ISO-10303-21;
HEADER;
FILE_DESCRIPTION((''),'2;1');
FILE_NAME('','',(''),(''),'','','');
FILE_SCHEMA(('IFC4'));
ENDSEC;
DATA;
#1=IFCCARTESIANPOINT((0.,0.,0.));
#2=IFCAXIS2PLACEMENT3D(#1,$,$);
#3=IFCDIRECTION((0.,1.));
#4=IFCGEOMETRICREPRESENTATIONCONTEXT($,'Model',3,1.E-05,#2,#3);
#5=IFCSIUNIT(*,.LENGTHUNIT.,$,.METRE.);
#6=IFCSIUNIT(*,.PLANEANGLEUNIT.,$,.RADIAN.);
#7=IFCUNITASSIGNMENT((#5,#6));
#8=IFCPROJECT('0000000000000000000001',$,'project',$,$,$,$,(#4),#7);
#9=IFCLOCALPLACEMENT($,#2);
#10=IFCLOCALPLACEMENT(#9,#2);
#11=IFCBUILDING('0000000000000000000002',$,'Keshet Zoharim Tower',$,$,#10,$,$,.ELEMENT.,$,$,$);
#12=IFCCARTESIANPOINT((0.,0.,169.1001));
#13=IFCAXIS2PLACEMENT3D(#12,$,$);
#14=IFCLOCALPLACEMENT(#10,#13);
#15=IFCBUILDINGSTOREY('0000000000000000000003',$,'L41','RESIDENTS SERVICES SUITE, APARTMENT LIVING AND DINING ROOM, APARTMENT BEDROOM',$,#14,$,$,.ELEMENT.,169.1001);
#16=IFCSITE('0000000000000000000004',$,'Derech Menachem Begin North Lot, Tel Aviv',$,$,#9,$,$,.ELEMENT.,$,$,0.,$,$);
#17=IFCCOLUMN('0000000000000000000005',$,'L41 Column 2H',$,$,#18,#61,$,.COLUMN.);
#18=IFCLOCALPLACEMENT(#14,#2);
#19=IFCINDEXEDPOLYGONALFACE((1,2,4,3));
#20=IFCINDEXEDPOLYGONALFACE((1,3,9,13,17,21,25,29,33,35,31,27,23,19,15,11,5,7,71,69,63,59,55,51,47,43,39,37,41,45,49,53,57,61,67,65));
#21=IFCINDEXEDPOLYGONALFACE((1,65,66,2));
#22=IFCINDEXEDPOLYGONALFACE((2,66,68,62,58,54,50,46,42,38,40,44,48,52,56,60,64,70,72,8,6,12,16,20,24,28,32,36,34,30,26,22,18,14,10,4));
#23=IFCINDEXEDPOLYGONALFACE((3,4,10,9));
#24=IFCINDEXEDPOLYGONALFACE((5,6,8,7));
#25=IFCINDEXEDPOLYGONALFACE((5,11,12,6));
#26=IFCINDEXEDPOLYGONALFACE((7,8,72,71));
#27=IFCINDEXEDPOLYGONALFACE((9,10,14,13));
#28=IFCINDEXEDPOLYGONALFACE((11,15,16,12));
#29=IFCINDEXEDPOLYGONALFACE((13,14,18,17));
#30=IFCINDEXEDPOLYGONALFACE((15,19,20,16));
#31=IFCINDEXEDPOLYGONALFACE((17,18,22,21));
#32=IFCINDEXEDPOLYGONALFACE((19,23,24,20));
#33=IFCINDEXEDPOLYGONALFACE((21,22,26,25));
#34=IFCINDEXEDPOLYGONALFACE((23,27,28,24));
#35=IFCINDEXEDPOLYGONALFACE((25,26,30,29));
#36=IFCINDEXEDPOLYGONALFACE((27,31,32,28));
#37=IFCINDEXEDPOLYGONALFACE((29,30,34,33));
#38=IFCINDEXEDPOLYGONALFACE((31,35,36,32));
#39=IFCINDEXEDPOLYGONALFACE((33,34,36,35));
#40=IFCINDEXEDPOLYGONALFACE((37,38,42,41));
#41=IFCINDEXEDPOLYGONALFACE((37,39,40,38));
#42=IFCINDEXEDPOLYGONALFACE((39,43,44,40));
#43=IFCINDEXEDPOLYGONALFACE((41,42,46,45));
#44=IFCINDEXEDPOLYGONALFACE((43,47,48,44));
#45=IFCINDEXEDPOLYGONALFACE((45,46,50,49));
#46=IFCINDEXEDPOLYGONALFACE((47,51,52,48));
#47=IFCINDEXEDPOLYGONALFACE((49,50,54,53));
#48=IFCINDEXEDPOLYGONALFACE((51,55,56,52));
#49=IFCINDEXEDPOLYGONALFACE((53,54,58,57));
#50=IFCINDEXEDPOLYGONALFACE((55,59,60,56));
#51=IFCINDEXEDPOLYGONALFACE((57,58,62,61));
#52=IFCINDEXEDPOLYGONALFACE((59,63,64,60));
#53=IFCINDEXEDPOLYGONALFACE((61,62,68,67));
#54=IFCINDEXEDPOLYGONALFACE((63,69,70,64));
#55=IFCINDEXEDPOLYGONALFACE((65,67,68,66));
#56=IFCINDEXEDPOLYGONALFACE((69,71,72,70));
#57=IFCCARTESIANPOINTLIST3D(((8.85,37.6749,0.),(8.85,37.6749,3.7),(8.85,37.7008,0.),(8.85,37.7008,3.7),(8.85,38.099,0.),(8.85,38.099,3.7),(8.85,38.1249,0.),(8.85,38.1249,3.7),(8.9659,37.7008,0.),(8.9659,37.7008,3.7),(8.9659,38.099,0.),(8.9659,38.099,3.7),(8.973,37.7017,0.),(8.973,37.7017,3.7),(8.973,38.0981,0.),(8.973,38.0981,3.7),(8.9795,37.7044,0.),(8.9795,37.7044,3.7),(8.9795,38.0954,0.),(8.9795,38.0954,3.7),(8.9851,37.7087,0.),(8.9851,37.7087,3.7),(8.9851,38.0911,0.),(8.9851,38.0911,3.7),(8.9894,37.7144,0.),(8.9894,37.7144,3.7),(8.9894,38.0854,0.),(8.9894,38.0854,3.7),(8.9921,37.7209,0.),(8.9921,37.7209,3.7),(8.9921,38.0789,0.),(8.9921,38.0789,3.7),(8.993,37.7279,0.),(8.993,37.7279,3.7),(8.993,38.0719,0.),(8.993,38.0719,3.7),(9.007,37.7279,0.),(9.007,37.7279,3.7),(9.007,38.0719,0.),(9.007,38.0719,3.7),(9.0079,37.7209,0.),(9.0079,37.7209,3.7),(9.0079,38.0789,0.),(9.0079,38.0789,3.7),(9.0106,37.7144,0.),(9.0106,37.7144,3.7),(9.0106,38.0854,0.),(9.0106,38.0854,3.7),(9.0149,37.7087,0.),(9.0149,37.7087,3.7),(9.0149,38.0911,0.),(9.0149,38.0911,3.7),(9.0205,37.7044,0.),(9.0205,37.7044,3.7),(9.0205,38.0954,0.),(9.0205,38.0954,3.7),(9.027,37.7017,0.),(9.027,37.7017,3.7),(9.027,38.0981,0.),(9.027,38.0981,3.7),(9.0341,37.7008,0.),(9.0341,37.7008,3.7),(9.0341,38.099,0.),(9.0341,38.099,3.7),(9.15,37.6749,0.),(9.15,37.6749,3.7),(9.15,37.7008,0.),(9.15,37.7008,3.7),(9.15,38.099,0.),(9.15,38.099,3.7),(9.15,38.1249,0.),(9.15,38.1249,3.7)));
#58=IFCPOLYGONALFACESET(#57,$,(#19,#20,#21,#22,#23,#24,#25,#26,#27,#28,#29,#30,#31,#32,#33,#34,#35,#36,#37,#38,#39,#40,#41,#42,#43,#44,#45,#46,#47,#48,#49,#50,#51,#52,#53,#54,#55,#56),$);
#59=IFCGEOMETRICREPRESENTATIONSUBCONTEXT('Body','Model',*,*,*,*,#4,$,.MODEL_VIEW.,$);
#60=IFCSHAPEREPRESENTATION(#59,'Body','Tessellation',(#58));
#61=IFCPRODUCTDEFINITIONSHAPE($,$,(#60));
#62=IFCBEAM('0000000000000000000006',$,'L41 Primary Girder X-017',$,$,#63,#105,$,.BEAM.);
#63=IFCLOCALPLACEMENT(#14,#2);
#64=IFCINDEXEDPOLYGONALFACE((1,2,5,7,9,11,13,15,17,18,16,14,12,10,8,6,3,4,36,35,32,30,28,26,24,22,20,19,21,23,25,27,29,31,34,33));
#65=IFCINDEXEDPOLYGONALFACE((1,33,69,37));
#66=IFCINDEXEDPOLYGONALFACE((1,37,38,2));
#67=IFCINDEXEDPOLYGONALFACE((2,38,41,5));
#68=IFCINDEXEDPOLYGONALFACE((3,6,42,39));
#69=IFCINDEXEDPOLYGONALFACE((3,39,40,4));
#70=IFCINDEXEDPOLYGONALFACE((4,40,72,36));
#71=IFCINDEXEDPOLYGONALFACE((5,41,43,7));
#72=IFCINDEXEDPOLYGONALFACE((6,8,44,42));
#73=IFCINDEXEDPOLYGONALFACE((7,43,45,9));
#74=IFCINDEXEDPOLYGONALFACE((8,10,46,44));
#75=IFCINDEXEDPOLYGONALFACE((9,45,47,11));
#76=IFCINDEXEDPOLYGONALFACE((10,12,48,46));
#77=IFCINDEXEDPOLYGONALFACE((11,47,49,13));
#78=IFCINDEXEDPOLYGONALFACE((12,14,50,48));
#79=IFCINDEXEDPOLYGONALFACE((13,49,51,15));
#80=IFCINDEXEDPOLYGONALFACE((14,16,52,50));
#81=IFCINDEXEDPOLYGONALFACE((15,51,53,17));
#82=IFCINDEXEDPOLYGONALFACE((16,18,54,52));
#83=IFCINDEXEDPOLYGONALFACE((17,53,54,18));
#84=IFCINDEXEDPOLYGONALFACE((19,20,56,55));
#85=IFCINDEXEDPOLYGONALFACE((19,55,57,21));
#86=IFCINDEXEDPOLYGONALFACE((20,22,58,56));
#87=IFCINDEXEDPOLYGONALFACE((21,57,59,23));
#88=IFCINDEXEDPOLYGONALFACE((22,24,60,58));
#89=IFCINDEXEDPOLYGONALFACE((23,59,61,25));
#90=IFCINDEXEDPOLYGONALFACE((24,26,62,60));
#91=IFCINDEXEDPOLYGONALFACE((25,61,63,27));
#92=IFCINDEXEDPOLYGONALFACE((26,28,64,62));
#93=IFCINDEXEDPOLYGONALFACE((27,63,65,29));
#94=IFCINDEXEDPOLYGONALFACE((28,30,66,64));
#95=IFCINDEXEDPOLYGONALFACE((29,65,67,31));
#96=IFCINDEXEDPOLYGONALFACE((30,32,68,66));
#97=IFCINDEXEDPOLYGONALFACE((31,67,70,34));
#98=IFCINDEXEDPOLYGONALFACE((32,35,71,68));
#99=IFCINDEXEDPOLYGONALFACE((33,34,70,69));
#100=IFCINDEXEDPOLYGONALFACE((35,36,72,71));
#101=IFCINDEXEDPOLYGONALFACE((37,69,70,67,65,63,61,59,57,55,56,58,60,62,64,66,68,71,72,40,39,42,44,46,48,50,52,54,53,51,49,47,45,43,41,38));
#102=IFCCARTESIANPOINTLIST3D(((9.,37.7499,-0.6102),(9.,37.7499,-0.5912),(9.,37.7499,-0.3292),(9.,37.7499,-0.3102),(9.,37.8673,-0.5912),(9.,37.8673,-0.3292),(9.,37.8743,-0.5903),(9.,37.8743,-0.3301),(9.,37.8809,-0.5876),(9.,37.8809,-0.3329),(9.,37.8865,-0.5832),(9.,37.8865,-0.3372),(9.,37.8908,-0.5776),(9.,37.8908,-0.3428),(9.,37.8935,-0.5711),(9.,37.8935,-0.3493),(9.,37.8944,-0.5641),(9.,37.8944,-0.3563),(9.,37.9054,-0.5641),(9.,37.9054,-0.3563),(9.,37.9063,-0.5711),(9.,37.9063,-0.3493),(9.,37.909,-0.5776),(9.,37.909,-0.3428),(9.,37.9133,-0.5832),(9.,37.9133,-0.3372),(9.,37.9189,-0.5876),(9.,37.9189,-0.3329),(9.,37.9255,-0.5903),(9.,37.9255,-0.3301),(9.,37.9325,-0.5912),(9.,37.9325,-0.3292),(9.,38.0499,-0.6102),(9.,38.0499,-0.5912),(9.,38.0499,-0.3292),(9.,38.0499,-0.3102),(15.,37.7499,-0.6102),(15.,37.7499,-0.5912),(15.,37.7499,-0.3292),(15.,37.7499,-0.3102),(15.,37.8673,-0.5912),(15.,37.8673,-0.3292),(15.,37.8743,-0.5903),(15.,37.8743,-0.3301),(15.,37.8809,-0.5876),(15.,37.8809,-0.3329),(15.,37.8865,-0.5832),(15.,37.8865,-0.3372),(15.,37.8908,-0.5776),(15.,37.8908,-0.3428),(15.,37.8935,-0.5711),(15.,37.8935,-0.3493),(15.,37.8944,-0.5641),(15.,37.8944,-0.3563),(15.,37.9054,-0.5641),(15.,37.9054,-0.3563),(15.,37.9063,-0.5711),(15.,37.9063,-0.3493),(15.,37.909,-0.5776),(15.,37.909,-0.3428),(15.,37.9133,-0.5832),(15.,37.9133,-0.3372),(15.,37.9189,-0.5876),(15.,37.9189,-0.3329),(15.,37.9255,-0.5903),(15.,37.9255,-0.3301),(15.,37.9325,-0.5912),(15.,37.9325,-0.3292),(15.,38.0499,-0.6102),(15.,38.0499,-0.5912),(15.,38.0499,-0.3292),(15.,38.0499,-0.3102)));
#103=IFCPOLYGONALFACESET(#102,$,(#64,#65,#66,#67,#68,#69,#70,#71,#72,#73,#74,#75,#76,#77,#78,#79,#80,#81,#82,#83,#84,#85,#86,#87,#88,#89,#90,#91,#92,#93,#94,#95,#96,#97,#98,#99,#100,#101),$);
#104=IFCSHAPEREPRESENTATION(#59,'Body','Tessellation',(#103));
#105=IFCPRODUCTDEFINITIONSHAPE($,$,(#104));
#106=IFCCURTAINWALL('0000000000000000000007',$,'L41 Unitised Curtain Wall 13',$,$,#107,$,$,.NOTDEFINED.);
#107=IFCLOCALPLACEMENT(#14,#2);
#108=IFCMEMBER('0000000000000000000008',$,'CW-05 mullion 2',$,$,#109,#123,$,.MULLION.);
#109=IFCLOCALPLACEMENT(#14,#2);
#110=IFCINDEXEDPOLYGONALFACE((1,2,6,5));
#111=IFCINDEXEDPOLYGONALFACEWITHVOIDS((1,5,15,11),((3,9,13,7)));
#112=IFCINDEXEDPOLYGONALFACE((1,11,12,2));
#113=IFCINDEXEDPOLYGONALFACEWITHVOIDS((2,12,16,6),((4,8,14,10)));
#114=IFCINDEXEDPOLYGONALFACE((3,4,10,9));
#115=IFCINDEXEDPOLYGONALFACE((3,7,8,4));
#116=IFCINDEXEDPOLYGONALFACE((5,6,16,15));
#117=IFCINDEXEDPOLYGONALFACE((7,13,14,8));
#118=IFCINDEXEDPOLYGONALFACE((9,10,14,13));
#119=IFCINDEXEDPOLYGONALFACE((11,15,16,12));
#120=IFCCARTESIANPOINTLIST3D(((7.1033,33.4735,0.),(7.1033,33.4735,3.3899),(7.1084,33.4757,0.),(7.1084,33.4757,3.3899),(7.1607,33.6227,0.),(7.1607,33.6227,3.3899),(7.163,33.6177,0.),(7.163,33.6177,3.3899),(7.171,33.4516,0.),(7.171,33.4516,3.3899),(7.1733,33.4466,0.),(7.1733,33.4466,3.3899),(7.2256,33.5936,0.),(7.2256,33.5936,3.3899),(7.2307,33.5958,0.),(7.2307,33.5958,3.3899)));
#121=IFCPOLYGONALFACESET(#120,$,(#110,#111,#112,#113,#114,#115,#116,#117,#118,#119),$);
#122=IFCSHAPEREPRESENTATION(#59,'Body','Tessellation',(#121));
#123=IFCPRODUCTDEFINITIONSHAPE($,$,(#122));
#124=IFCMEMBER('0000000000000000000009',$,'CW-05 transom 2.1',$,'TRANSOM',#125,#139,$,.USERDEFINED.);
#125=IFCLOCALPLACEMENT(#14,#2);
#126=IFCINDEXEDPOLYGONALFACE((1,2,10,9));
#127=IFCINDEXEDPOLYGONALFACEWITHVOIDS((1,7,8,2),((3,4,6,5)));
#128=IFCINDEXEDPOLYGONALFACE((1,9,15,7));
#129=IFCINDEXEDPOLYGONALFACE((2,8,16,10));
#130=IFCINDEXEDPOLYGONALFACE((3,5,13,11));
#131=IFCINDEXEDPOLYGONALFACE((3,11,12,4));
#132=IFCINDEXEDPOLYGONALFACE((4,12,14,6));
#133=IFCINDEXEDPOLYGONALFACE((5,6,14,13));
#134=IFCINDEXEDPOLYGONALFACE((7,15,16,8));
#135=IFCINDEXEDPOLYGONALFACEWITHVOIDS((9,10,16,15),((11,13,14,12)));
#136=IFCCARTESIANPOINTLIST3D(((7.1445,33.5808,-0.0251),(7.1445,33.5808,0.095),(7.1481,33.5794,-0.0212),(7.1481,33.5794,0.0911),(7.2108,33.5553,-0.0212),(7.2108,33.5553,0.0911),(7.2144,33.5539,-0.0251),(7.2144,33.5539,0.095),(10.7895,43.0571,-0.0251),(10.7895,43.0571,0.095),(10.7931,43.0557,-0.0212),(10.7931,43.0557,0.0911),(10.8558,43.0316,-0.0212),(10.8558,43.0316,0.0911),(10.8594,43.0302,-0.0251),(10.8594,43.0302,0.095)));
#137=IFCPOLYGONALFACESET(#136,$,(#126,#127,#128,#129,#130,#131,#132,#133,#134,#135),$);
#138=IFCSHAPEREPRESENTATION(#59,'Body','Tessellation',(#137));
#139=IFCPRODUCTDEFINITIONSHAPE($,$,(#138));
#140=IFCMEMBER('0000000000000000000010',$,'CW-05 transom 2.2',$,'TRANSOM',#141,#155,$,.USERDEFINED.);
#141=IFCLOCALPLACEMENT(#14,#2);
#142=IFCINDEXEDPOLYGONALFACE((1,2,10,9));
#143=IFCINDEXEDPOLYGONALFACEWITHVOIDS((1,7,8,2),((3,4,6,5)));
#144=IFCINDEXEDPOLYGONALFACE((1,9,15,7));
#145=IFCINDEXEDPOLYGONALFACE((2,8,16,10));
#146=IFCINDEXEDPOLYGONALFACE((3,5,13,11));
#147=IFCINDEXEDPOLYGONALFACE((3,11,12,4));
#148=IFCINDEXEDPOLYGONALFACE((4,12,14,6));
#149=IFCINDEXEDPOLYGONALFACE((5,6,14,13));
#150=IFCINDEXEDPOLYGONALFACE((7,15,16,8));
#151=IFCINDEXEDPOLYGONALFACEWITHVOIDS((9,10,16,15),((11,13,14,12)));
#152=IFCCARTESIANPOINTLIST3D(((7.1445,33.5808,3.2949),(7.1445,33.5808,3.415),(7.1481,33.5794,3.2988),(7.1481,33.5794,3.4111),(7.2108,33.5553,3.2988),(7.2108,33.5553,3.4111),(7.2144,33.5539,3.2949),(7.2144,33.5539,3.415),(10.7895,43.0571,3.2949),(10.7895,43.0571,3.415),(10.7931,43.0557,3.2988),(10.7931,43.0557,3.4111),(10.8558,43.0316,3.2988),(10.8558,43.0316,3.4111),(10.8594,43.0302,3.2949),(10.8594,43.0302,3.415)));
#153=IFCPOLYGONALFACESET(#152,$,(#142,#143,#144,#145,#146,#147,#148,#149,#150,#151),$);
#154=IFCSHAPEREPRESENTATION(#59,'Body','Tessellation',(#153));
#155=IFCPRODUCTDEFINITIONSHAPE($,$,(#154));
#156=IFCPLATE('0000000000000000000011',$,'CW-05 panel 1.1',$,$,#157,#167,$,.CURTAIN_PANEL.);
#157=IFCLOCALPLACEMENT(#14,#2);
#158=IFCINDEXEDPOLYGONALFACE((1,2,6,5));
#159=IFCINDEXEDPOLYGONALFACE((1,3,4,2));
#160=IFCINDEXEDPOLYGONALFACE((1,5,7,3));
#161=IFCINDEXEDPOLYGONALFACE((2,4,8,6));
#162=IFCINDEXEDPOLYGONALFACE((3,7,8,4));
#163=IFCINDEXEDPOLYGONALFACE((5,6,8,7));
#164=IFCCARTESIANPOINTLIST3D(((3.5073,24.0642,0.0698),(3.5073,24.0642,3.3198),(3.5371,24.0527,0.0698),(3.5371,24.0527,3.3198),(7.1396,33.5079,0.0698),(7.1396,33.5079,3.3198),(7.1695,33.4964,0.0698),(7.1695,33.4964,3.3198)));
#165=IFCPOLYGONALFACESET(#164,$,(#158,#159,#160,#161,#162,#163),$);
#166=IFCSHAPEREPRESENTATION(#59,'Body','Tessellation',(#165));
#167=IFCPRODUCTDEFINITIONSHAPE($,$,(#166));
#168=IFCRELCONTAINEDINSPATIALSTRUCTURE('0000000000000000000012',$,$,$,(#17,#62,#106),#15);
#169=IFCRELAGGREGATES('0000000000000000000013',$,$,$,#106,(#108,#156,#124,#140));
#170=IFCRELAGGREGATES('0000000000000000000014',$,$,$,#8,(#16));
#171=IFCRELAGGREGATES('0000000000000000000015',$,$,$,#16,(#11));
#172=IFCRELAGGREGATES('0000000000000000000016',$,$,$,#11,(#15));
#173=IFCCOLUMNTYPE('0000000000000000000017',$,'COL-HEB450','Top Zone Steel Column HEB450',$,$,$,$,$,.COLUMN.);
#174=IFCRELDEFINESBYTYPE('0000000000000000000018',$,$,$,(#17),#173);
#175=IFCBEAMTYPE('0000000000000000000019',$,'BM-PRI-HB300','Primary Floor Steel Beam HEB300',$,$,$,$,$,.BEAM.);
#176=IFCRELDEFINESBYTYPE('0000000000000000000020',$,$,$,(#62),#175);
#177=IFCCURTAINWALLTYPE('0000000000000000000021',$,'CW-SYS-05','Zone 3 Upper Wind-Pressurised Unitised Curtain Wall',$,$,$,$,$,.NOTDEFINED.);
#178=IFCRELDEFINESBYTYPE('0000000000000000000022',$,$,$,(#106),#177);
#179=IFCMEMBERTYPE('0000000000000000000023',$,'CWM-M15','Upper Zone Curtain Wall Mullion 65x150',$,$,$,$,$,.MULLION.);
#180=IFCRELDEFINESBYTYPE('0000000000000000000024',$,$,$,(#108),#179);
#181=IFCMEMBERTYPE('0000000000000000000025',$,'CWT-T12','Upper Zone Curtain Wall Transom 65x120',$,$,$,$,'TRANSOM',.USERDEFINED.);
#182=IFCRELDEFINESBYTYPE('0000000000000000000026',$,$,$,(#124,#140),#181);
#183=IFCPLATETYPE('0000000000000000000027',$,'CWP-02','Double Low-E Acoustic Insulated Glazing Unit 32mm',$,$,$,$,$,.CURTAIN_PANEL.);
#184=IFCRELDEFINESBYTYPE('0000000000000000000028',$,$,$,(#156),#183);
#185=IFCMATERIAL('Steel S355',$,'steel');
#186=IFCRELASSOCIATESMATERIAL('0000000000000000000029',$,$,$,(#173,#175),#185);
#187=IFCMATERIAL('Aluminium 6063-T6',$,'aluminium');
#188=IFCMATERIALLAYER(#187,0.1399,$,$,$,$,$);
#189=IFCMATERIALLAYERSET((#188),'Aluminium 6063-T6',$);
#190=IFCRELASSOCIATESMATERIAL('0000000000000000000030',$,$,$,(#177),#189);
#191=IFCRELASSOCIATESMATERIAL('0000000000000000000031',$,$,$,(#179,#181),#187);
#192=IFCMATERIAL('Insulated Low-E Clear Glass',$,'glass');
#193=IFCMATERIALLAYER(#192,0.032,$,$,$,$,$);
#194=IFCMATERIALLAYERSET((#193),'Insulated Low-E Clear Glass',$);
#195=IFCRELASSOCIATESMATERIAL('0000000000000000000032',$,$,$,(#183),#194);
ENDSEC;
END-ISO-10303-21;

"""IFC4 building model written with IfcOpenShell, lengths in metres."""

from ifc_helpers import new_model, si_unit, direction, frame, origin, origin_2d, place, context, subcontext, project, spatial, rectangle, hollow_rectangle, i_section, extrude, material, layer, layer_set, material_profile, profile_set, type_object, element, aggregate, save


model = new_model("IFC4")

# Units and contexts
model_context = context("Model", 3, precision=1e-05, world=origin(), true_north=direction((0.0, 1.0)))
body_context = subcontext(model_context, "Body", "Model", "MODEL_VIEW")
ifc_project = project(units=[si_unit("LENGTHUNIT", "METRE"), si_unit("PLANEANGLEUNIT", "RADIAN")], contexts=[model_context])

# Site, building, storey
site_placement = place(None, origin())
site = spatial("IfcSite", under=ifc_project, at=site_placement, Name="Derech Menachem Begin North Lot, Tel Aviv", CompositionType="ELEMENT", RefElevation=0.0)
building_placement = place(site_placement, origin())
building = spatial("IfcBuilding", under=site, at=building_placement, Name="Keshet Zoharim Tower", CompositionType="ELEMENT")
storey_placement = place(building_placement, frame((0.0, 0.0, 169.1001)))
storey = spatial("IfcBuildingStorey", under=building, at=storey_placement, Name="L41", Description="RESIDENTS SERVICES SUITE, APARTMENT LIVING AND DINING ROOM, APARTMENT BEDROOM", CompositionType="ELEMENT", Elevation=169.1001)

# Column
ifc_material_1 = material(Name="Steel S355", Category="steel")
ifc_material_profile_1 = material_profile(ifc_material_1, i_section(OverallWidth=0.3, OverallDepth=0.45, WebThickness=0.0139, FlangeThickness=0.0259, FilletRadius=0.0271, at=origin_2d()), Name="HEB450")
ifc_profile_set_1 = profile_set([ifc_material_profile_1], Name="Steel S355")
column_type = type_object("IfcColumnType", Name="COL-HEB450", Description="Top Zone Steel Column HEB450", PredefinedType="COLUMN", material=ifc_profile_set_1)
column_placement = place(storey_placement, frame((9.0, 37.8999, 0.0), z_axis=(0.0, 0.0, 1.0), x_axis=(1.0, 0.0, 0.0)))
element("IfcColumn", 1, at=column_placement, inside=storey, type_object=column_type, Name="L41 Column 2H", PredefinedType="COLUMN", context=body_context, shape_type="SweptSolid", body=[
    extrude(i_section(OverallWidth=0.3, OverallDepth=0.45, WebThickness=0.0139, FlangeThickness=0.0259, FilletRadius=0.0271, at=origin_2d()), origin(), (0.0, 0.0, 1.0), 3.7),
])

# Beam
ifc_material_profile_2 = material_profile(ifc_material_1, i_section(OverallWidth=0.3, OverallDepth=0.3, WebThickness=0.011, FlangeThickness=0.019, FilletRadius=0.0271, at=origin_2d()), Name="HEB300")
ifc_profile_set_2 = profile_set([ifc_material_profile_2], Name="Steel S355")
beam_type = type_object("IfcBeamType", Name="BM-PRI-HB300", Description="Primary Floor Steel Beam HEB300", PredefinedType="BEAM", material=ifc_profile_set_2)
beam_placement = place(storey_placement, frame((9.0, 37.8999, -0.4602), z_axis=(1.0, 0.0, 0.0), x_axis=(0.0, 1.0, 0.0)))
element("IfcBeam", 2, at=beam_placement, inside=storey, type_object=beam_type, Name="L41 Primary Girder X-017", PredefinedType="BEAM", context=body_context, shape_type="SweptSolid", body=[
    extrude(i_section(OverallWidth=0.3, OverallDepth=0.3, WebThickness=0.011, FlangeThickness=0.019, FilletRadius=0.0271, at=origin_2d()), origin(), (0.0, 0.0, 1.0), 6.0),
])

# Curtain wall, members, plate
ifc_material_2 = material(Name="Aluminium 6063-T6", Category="aluminium")
ifc_layer_1 = layer(ifc_material_2, 0.1399)
ifc_layer_set_1 = layer_set([ifc_layer_1], Name="Aluminium 6063-T6")
curtain_wall_type = type_object("IfcCurtainWallType", Name="CW-SYS-05", Description="Zone 3 Upper Wind-Pressurised Unitised Curtain Wall", PredefinedType="NOTDEFINED", material=ifc_layer_set_1)
curtain_wall_placement = place(storey_placement, origin())
curtain_wall = element("IfcCurtainWall", 3, at=curtain_wall_placement, inside=storey, type_object=curtain_wall_type, Name="L41 Unitised Curtain Wall 13", PredefinedType="NOTDEFINED")
ifc_material_profile_3 = material_profile(ifc_material_2, hollow_rectangle(XDim=0.075, YDim=0.1599, WallThickness=0.0039, at=origin_2d()), Name="MUL-75x160")
ifc_profile_set_3 = profile_set([ifc_material_profile_3], Name="Aluminium 6063-T6")
member_type_1 = type_object("IfcMemberType", Name="CWM-M15", Description="Upper Zone Curtain Wall Mullion 65x150", PredefinedType="MULLION", material=ifc_profile_set_3)
member_1_placement = place(storey_placement, frame((7.167, 33.5347, 0.0), z_axis=(0.0, 0.0, 1.0), x_axis=(-0.933341, 0.35899, 0.0)))
member_1 = element("IfcMember", 4, at=member_1_placement, type_object=member_type_1, Name="CW-05 mullion 2", PredefinedType="MULLION", context=body_context, shape_type="SweptSolid", body=[
    extrude(hollow_rectangle(XDim=0.075, YDim=0.1599, WallThickness=0.0039, at=origin_2d()), origin(), (0.0, 0.0, 1.0), 3.3899),
])
ifc_material_profile_4 = material_profile(ifc_material_2, hollow_rectangle(XDim=0.075, YDim=0.1201, WallThickness=0.0039, at=origin_2d()), Name="TRN-75x120")
ifc_profile_set_4 = profile_set([ifc_material_profile_4], Name="Aluminium 6063-T6")
member_type_2 = type_object("IfcMemberType", Name="CWT-T12", Description="Upper Zone Curtain Wall Transom 65x120", ElementType="TRANSOM", PredefinedType="USERDEFINED", material=ifc_profile_set_4)
member_2_placement = place(storey_placement, frame((7.1794, 33.5674, 0.0349), z_axis=(0.359003, 0.933336, 0.0), x_axis=(-0.933336, 0.359003, 0.0)))
member_2 = element("IfcMember", 5, at=member_2_placement, type_object=member_type_2, Name="CW-05 transom 2.1", ObjectType="TRANSOM", PredefinedType="USERDEFINED", context=body_context, shape_type="SweptSolid", body=[
    extrude(hollow_rectangle(XDim=0.075, YDim=0.1201, WallThickness=0.0039, at=origin_2d()), origin(), (0.0, 0.0, 1.0), 10.1531),
])
member_3_placement = place(storey_placement, frame((7.1794, 33.5674, 3.355), z_axis=(0.359003, 0.933336, 0.0), x_axis=(-0.933336, 0.359003, 0.0)))
member_3 = element("IfcMember", 6, at=member_3_placement, type_object=member_type_2, Name="CW-05 transom 2.2", ObjectType="TRANSOM", PredefinedType="USERDEFINED", context=body_context, shape_type="SweptSolid", body=[
    extrude(hollow_rectangle(XDim=0.075, YDim=0.1201, WallThickness=0.0039, at=origin_2d()), origin(), (0.0, 0.0, 1.0), 10.1531),
])
ifc_material_3 = material(Name="Insulated Low-E Clear Glass", Category="glass")
ifc_layer_2 = layer(ifc_material_3, 0.032)
ifc_layer_set_2 = layer_set([ifc_layer_2], Name="Insulated Low-E Clear Glass")
plate_type = type_object("IfcPlateType", Name="CWP-02", Description="Double Low-E Acoustic Insulated Glazing Unit 32mm", PredefinedType="CURTAIN_PANEL", material=ifc_layer_set_2)
plate_placement = place(storey_placement, frame((5.3384, 28.7803, 0.0698), z_axis=(0.0, 0.0, 1.0), x_axis=(0.35899, 0.933341, 0.0)))
plate = element("IfcPlate", 7, at=plate_placement, type_object=plate_type, Name="CW-05 panel 1.1", PredefinedType="CURTAIN_PANEL", context=body_context, shape_type="SweptSolid", body=[
    extrude(rectangle(XDim=10.1182, YDim=0.032, at=origin_2d()), origin(), (0.0, 0.0, 1.0), 3.25),
])
aggregate(curtain_wall, [member_1, plate, member_2, member_3])

save(model, "model.ifc")
